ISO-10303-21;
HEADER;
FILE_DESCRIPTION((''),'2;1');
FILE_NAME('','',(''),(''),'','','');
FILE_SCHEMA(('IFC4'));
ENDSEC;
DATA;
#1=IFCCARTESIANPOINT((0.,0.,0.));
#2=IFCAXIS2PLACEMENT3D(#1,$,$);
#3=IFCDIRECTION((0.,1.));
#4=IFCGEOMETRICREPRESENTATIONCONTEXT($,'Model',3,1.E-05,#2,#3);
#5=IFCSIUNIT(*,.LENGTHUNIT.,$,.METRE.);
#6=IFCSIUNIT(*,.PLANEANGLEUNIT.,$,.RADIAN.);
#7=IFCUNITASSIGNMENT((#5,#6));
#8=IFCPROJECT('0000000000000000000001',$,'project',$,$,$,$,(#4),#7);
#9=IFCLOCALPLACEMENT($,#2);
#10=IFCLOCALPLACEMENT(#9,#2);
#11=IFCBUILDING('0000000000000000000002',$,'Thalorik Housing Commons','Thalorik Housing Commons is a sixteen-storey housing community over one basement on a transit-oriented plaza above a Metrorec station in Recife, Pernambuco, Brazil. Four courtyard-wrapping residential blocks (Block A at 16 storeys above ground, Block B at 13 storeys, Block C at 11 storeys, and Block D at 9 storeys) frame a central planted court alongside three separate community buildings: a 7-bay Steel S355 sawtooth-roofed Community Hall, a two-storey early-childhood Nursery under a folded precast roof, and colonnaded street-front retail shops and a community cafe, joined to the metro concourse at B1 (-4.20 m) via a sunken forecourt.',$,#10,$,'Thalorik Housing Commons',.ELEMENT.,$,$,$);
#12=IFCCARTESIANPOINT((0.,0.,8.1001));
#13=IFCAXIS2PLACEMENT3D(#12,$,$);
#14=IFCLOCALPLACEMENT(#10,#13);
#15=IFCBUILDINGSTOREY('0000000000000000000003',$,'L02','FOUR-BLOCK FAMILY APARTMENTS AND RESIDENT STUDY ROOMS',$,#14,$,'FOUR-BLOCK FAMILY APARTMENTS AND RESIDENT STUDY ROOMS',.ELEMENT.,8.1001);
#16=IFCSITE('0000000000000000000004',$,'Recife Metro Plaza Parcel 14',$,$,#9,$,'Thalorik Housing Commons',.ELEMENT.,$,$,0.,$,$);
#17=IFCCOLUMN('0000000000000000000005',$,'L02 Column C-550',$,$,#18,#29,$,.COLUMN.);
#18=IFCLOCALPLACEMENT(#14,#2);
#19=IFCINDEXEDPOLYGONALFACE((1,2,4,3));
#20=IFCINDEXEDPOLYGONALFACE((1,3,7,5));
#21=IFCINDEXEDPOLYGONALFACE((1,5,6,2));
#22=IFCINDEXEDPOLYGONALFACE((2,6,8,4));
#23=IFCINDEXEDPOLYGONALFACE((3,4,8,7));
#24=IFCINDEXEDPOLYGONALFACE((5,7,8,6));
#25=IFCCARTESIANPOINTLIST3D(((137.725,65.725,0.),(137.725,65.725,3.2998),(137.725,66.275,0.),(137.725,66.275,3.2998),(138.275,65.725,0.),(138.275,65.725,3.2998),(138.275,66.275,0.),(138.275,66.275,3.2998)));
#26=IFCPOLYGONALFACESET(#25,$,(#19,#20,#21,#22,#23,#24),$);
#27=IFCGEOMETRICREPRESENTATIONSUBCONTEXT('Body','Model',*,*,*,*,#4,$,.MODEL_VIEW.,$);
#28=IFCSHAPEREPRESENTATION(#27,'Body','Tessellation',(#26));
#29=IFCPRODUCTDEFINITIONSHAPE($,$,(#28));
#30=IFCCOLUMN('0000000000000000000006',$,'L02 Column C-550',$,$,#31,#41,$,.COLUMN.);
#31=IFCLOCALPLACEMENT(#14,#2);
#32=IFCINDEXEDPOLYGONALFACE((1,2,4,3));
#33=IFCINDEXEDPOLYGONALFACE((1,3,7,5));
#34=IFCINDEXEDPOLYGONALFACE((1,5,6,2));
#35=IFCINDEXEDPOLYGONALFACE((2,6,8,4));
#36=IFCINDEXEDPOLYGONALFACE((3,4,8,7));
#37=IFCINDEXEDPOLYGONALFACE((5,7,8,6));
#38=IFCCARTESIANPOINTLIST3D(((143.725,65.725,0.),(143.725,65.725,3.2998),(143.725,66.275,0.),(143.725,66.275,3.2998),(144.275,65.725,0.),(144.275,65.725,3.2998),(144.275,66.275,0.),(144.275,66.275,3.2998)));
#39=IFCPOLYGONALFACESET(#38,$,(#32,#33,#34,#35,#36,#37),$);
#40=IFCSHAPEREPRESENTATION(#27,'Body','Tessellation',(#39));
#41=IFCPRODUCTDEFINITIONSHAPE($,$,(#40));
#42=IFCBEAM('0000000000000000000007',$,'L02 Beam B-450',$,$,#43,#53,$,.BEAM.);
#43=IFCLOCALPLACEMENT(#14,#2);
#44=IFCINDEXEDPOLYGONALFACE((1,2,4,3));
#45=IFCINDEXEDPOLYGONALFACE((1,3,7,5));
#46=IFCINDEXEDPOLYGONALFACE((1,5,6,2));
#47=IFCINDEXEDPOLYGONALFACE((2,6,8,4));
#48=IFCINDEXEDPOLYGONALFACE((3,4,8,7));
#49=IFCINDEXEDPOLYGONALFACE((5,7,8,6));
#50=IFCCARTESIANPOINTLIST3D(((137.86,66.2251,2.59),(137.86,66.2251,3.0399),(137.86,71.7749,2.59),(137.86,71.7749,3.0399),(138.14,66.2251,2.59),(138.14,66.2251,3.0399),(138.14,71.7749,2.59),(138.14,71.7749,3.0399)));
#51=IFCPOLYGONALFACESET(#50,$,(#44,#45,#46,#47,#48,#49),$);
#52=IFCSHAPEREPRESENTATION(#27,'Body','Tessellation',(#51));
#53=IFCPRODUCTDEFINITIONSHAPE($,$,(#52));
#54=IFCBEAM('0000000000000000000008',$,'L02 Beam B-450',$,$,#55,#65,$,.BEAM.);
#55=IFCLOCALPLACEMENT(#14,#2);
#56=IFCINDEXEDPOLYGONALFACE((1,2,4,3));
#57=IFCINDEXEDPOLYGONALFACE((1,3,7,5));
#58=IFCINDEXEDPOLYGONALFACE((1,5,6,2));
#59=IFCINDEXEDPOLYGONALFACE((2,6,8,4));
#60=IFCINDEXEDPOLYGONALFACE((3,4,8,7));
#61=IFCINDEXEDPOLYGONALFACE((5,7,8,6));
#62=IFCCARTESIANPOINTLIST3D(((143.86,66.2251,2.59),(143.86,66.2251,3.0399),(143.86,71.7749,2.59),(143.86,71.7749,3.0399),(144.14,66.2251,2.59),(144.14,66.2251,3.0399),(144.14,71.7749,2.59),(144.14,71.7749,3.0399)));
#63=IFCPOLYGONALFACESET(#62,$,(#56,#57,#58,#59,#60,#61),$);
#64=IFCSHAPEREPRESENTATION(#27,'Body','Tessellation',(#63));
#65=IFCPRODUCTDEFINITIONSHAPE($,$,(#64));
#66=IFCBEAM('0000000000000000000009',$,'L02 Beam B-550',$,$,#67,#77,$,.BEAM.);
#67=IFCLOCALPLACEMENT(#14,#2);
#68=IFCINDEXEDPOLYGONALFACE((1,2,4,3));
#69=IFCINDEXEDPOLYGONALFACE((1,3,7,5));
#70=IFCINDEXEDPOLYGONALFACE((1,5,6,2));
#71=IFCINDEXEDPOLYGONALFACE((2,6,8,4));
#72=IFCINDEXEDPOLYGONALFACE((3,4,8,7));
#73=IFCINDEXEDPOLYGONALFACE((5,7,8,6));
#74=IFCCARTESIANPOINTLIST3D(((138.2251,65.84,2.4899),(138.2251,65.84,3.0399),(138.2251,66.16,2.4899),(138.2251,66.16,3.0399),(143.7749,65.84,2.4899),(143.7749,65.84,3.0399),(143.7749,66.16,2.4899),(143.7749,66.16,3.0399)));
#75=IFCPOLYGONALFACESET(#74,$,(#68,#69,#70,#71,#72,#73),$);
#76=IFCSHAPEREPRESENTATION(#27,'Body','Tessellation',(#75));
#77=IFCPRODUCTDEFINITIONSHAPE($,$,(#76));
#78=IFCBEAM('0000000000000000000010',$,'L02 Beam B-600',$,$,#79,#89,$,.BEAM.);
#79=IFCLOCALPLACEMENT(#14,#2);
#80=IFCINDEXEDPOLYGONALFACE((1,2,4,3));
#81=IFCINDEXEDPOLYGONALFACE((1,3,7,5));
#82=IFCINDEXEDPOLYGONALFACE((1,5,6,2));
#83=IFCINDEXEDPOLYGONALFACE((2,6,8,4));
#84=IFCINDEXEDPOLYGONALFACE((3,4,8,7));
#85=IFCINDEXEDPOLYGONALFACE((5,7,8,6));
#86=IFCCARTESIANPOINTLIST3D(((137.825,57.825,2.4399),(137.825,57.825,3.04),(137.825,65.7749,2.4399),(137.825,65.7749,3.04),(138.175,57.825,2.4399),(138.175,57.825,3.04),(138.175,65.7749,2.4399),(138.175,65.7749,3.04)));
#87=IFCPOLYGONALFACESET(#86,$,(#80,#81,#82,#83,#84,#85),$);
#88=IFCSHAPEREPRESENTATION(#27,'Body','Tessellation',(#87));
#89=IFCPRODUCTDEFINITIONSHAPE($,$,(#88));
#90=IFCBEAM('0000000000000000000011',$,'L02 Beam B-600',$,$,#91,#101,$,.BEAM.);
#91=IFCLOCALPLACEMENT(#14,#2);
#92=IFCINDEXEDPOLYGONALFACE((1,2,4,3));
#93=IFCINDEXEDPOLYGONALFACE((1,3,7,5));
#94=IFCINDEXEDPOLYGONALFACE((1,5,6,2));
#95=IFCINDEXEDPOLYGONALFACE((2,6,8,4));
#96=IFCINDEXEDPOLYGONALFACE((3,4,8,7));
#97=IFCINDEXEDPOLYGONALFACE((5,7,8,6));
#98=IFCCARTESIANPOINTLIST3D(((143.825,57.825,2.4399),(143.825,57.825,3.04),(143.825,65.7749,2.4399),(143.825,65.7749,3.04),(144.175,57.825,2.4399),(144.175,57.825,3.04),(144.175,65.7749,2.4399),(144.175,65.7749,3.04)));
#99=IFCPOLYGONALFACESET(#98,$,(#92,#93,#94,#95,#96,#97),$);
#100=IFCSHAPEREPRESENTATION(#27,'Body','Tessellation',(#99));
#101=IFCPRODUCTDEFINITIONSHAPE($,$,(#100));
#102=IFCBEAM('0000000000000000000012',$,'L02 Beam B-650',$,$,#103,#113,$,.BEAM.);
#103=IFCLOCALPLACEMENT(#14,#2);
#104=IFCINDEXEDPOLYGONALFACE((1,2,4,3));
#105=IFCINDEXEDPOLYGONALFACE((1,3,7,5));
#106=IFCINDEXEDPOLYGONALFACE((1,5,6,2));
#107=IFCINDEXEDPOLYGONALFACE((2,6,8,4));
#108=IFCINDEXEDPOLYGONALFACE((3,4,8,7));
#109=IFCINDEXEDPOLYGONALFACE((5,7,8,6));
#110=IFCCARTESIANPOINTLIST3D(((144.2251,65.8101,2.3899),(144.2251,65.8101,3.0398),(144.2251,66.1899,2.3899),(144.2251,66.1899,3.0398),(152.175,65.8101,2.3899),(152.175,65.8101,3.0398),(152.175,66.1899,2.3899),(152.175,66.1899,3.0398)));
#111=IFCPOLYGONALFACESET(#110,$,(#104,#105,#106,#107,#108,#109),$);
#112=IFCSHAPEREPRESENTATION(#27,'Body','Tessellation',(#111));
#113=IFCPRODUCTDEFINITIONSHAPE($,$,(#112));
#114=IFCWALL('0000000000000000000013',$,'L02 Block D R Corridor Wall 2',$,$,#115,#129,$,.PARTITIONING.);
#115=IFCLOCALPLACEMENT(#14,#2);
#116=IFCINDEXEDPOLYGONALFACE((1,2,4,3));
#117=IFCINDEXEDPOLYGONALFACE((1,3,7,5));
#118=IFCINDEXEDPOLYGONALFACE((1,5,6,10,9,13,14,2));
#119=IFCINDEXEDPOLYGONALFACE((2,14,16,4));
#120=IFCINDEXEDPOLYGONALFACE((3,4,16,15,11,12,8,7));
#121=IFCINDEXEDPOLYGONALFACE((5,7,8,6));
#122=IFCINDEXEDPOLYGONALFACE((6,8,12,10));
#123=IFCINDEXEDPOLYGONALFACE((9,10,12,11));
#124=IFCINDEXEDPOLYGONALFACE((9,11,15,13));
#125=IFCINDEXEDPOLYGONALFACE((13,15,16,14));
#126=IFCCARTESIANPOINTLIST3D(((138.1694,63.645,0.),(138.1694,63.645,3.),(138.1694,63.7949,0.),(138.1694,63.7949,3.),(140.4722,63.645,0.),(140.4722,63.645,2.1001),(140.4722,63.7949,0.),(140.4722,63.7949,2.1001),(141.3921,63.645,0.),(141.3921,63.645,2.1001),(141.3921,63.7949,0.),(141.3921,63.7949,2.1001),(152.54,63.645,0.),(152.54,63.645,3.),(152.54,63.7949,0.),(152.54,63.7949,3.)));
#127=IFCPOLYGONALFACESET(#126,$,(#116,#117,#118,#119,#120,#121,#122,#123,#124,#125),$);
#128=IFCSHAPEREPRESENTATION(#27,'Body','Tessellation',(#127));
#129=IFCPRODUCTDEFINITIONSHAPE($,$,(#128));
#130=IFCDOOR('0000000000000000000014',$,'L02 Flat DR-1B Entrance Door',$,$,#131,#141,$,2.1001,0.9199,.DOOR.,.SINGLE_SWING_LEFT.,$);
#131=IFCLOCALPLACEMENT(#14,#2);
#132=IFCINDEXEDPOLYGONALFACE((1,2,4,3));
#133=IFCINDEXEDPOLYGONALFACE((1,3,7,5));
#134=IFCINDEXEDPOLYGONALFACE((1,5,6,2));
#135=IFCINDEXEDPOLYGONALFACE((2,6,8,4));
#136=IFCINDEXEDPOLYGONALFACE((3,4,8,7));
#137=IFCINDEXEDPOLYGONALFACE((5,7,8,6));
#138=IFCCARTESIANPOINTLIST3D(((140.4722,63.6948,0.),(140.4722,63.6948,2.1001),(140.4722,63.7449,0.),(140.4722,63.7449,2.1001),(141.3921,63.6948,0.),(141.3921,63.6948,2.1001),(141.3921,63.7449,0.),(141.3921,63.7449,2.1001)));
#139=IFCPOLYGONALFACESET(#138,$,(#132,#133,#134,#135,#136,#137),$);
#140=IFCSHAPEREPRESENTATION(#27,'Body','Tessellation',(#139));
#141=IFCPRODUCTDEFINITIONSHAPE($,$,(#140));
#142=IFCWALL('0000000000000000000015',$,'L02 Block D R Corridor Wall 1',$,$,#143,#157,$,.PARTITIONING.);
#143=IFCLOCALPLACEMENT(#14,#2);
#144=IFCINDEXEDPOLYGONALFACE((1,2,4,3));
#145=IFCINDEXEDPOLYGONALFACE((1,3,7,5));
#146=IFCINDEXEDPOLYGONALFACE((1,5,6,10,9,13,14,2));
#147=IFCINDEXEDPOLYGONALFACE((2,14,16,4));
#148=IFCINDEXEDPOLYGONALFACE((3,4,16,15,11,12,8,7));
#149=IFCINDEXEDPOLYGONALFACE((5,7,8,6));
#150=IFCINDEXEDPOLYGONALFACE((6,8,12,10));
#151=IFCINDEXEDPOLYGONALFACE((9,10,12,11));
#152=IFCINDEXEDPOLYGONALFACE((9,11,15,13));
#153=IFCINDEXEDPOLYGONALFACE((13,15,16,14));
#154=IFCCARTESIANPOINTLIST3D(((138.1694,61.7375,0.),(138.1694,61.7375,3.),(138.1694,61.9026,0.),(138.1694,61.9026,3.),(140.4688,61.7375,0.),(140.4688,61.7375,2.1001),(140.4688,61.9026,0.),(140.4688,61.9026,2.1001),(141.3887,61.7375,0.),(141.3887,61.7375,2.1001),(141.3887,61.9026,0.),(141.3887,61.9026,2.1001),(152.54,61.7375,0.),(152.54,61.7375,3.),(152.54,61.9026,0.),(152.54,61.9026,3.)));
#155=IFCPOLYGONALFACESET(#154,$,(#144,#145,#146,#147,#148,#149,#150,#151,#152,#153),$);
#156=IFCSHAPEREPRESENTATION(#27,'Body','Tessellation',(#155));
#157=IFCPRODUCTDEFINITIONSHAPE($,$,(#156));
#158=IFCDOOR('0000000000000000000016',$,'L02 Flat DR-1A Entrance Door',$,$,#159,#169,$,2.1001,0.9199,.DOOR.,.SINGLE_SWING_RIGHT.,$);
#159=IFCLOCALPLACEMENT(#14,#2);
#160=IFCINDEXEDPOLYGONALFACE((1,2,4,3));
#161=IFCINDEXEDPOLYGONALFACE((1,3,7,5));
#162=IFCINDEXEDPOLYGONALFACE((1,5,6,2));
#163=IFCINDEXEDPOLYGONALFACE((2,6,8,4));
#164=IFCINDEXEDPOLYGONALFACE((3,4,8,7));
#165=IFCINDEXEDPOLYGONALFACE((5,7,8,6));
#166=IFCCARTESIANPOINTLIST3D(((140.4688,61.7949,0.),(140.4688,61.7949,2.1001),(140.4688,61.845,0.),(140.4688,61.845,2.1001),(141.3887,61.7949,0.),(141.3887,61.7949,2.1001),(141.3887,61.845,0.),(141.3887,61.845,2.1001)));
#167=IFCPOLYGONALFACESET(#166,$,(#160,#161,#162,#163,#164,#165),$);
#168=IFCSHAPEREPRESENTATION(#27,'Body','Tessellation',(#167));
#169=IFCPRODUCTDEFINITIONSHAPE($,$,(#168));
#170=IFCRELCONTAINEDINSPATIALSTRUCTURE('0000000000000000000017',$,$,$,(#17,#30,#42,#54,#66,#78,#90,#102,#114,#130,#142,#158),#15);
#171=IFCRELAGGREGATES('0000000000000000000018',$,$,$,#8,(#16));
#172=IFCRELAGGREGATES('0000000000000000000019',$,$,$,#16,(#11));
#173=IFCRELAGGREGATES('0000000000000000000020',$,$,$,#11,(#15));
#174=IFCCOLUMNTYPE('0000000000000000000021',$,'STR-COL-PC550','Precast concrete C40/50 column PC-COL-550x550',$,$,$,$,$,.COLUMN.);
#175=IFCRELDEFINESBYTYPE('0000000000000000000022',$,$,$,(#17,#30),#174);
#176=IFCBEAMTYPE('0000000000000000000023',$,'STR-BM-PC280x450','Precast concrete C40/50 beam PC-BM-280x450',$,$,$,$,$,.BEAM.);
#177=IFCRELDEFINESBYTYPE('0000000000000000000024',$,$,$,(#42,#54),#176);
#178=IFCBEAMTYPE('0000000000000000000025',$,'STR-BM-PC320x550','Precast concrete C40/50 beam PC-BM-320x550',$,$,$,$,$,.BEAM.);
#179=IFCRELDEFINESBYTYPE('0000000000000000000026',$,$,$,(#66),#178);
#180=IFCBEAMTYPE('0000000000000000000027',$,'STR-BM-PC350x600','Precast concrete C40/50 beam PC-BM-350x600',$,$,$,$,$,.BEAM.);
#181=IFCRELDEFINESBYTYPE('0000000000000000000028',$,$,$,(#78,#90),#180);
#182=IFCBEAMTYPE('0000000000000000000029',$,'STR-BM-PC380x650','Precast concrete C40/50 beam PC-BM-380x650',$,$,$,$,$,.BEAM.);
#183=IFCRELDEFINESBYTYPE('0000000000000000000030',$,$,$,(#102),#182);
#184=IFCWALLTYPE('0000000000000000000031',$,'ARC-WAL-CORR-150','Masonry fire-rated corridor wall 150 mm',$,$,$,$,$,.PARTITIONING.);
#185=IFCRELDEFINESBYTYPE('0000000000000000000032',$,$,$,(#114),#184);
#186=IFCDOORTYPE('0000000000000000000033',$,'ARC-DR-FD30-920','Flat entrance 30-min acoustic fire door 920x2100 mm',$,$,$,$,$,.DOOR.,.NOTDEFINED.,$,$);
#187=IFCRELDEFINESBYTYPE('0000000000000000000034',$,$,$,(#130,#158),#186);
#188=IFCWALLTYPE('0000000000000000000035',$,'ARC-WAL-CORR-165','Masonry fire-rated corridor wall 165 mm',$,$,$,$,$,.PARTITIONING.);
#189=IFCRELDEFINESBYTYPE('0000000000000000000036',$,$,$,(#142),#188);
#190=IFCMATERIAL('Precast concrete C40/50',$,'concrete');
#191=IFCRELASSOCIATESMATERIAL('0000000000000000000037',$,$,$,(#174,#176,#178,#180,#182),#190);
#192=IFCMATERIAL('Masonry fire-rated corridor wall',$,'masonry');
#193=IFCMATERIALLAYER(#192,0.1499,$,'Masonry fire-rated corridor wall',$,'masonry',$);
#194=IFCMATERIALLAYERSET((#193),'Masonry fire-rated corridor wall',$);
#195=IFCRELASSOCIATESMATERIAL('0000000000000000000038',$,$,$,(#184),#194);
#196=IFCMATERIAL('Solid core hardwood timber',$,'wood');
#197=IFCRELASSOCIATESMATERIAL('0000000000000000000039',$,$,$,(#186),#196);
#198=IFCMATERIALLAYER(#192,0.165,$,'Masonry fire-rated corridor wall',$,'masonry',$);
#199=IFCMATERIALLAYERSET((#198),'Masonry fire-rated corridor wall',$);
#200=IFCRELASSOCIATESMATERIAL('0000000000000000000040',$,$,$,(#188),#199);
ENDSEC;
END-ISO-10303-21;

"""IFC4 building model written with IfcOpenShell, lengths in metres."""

from ifc_helpers import new_model, si_unit, direction, frame, frame_2d, origin, origin_2d, place, context, subcontext, project, spatial, rectangle, extrude, material, layer, layer_set, material_profile, profile_set, type_object, element, fill, save


model = new_model("IFC4")

# Units and contexts
model_context = context("Model", 3, precision=1e-05, world=origin(), true_north=direction((0.0, 1.0)))
body_context = subcontext(model_context, "Body", "Model", "MODEL_VIEW")
ifc_project = project(units=[si_unit("LENGTHUNIT", "METRE"), si_unit("PLANEANGLEUNIT", "RADIAN")], contexts=[model_context])

# Site, building, storey
site_placement = place(None, origin())
site = spatial("IfcSite", under=ifc_project, at=site_placement, Name="Recife Metro Plaza Parcel 14", LongName="Thalorik Housing Commons", CompositionType="ELEMENT", RefElevation=0.0)
building_placement = place(site_placement, origin())
building = spatial("IfcBuilding", under=site, at=building_placement, Name="Thalorik Housing Commons", Description="Thalorik Housing Commons is a sixteen-storey housing community over one basement on a transit-oriented plaza above a Metrorec station in Recife, Pernambuco, Brazil. Four courtyard-wrapping residential blocks (Block A at 16 storeys above ground, Block B at 13 storeys, Block C at 11 storeys, and Block D at 9 storeys) frame a central planted court alongside three separate community buildings: a 7-bay Steel S355 sawtooth-roofed Community Hall, a two-storey early-childhood Nursery under a folded precast roof, and colonnaded street-front retail shops and a community cafe, joined to the metro concourse at B1 (-4.20 m) via a sunken forecourt.", LongName="Thalorik Housing Commons", CompositionType="ELEMENT")
storey_placement = place(building_placement, frame((0.0, 0.0, 8.1001)))
storey = spatial("IfcBuildingStorey", under=building, at=storey_placement, Name="L02", Description="FOUR-BLOCK FAMILY APARTMENTS AND RESIDENT STUDY ROOMS", LongName="FOUR-BLOCK FAMILY APARTMENTS AND RESIDENT STUDY ROOMS", CompositionType="ELEMENT", Elevation=8.1001)

# Columns
ifc_material_1 = material(Name="Precast concrete C40/50", Category="concrete")
ifc_material_profile_1 = material_profile(ifc_material_1, rectangle(XDim=0.55, YDim=0.55, at=origin_2d()), Name="PC 550x550", Category="concrete")
ifc_profile_set_1 = profile_set([ifc_material_profile_1], Name="Precast concrete C40/50")
column_type = type_object("IfcColumnType", Name="STR-COL-PC550", Description="Precast concrete C40/50 column PC-COL-550x550", PredefinedType="COLUMN", material=ifc_profile_set_1)
for number, where, z_axis, x_axis, name in (
    (1, (138.0, 66.0, 0.0), (0.0, 0.0, 1.0), (1.0, 0.0, 0.0), "L02 Column C-550"),
    (2, (144.0, 66.0, 0.0), (0.0, 0.0, 1.0), (1.0, 0.0, 0.0), "L02 Column C-550"),
):
    element("IfcColumn", number, at=place(storey_placement, frame(where, z_axis=z_axis, x_axis=x_axis)), inside=storey, type_object=column_type, Name=name, PredefinedType="COLUMN", context=body_context, shape_type="SweptSolid", body=[
        extrude(rectangle(XDim=0.55, YDim=0.55, at=origin_2d()), origin(), (0.0, 0.0, 1.0), 3.2998),
    ])

# Beams
ifc_material_profile_2 = material_profile(ifc_material_1, rectangle(XDim=0.28, YDim=0.45, at=origin_2d()), Name="PC 280x450", Category="concrete")
ifc_profile_set_2 = profile_set([ifc_material_profile_2], Name="Precast concrete C40/50")
beam_type_1 = type_object("IfcBeamType", Name="STR-BM-PC280x450", Description="Precast concrete C40/50 beam PC-BM-280x450", PredefinedType="BEAM", material=ifc_profile_set_2)
for number, where, z_axis, x_axis, name in (
    (3, (138.0, 66.2251, 2.8149), (0.0, 1.0, 0.0), (-1.0, 0.0, 0.0), "L02 Beam B-450"),
    (4, (144.0, 66.2251, 2.8149), (0.0, 1.0, 0.0), (-1.0, 0.0, 0.0), "L02 Beam B-450"),
):
    element("IfcBeam", number, at=place(storey_placement, frame(where, z_axis=z_axis, x_axis=x_axis)), inside=storey, type_object=beam_type_1, Name=name, PredefinedType="BEAM", context=body_context, shape_type="SweptSolid", body=[
        extrude(rectangle(XDim=0.28, YDim=0.45, at=origin_2d()), origin(), (0.0, 0.0, 1.0), 5.5498),
    ])
ifc_material_profile_3 = material_profile(ifc_material_1, rectangle(XDim=0.3201, YDim=0.55, at=origin_2d()), Name="PC 320x550", Category="concrete")
ifc_profile_set_3 = profile_set([ifc_material_profile_3], Name="Precast concrete C40/50")
beam_type_2 = type_object("IfcBeamType", Name="STR-BM-PC320x550", Description="Precast concrete C40/50 beam PC-BM-320x550", PredefinedType="BEAM", material=ifc_profile_set_3)
beam_1_placement = place(storey_placement, frame((138.2251, 66.0, 2.7649), z_axis=(1.0, 0.0, 0.0), x_axis=(0.0, 1.0, 0.0)))
element("IfcBeam", 5, at=beam_1_placement, inside=storey, type_object=beam_type_2, Name="L02 Beam B-550", PredefinedType="BEAM", context=body_context, shape_type="SweptSolid", body=[
    extrude(rectangle(XDim=0.3201, YDim=0.55, at=origin_2d()), origin(), (0.0, 0.0, 1.0), 5.5498),
])
ifc_material_profile_4 = material_profile(ifc_material_1, rectangle(XDim=0.3501, YDim=0.6001, at=origin_2d()), Name="PC 350x600", Category="concrete")
ifc_profile_set_4 = profile_set([ifc_material_profile_4], Name="Precast concrete C40/50")
beam_type_3 = type_object("IfcBeamType", Name="STR-BM-PC350x600", Description="Precast concrete C40/50 beam PC-BM-350x600", PredefinedType="BEAM", material=ifc_profile_set_4)
for number, where, z_axis, x_axis, name in (
    (6, (138.0, 57.825, 2.74), (0.0, 1.0, 0.0), (-1.0, 0.0, 0.0), "L02 Beam B-600"),
    (7, (144.0, 57.825, 2.74), (0.0, 1.0, 0.0), (-1.0, 0.0, 0.0), "L02 Beam B-600"),
):
    element("IfcBeam", number, at=place(storey_placement, frame(where, z_axis=z_axis, x_axis=x_axis)), inside=storey, type_object=beam_type_3, Name=name, PredefinedType="BEAM", context=body_context, shape_type="SweptSolid", body=[
        extrude(rectangle(XDim=0.3501, YDim=0.6001, at=origin_2d()), origin(), (0.0, 0.0, 1.0), 7.95),
    ])
ifc_material_profile_5 = material_profile(ifc_material_1, rectangle(XDim=0.3799, YDim=0.6499, at=origin_2d()), Name="PC 380x650", Category="concrete")
ifc_profile_set_5 = profile_set([ifc_material_profile_5], Name="Precast concrete C40/50")
beam_type_4 = type_object("IfcBeamType", Name="STR-BM-PC380x650", Description="Precast concrete C40/50 beam PC-BM-380x650", PredefinedType="BEAM", material=ifc_profile_set_5)
beam_2_placement = place(storey_placement, frame((144.2251, 66.0, 2.7148), z_axis=(1.0, 0.0, 0.0), x_axis=(0.0, 1.0, 0.0)))
element("IfcBeam", 8, at=beam_2_placement, inside=storey, type_object=beam_type_4, Name="L02 Beam B-650", PredefinedType="BEAM", context=body_context, shape_type="SweptSolid", body=[
    extrude(rectangle(XDim=0.3799, YDim=0.6499, at=origin_2d()), origin(), (0.0, 0.0, 1.0), 7.95),
])

# Walls, openings, doors
ifc_material_2 = material(Name="Masonry fire-rated corridor wall", Category="masonry")
ifc_layer_1 = layer(ifc_material_2, 0.1499, Name="Masonry fire-rated corridor wall", Category="masonry")
ifc_layer_set_1 = layer_set([ifc_layer_1], Name="Masonry fire-rated corridor wall")
wall_type_1 = type_object("IfcWallType", Name="ARC-WAL-CORR-150", Description="Masonry fire-rated corridor wall 150 mm", PredefinedType="PARTITIONING", material=ifc_layer_set_1)
wall_1_placement = place(storey_placement, frame((138.1694, 63.72, 0.0), z_axis=(0.0, 0.0, 1.0), x_axis=(1.0, 0.0, 0.0)))
wall_1 = element("IfcWall", 9, at=wall_1_placement, inside=storey, type_object=wall_type_1, Name="L02 Block D R Corridor Wall 2", PredefinedType="PARTITIONING", context=body_context, shape_type="SweptSolid", body=[
    extrude(rectangle(XDim=14.3706, YDim=0.1499, at=frame_2d((7.1853, 0.0))), origin(), (0.0, 0.0, 1.0), 3.0),
])
opening_1_placement = place(wall_1_placement, frame((2.3027, 0.0, 0.0)))
opening_1 = element("IfcOpeningElement", 10, at=opening_1_placement, cuts=wall_1, PredefinedType="OPENING", context=body_context, shape_type="SweptSolid", body=[
    extrude(rectangle(XDim=0.9199, YDim=2.1001, at=frame_2d((0.46, 1.05))), frame((0.0, 0.085, 0.0), z_axis=(0.0, -1.0, 0.0), x_axis=(1.0, 0.0, 0.0)), (0.0, 0.0, 1.0), 0.1699),
])
ifc_material_3 = material(Name="Solid core hardwood timber", Category="wood")
door_type_1 = type_object("IfcDoorType", Name="ARC-DR-FD30-920", Description="Flat entrance 30-min acoustic fire door 920x2100 mm", OperationType="NOTDEFINED", PredefinedType="DOOR", material=ifc_material_3)
door_1_placement = place(opening_1_placement, origin())
door_1 = element("IfcDoor", 11, at=door_1_placement, inside=storey, type_object=door_type_1, Name="L02 Flat DR-1B Entrance Door", OperationType="SINGLE_SWING_LEFT", OverallHeight=2.1001, OverallWidth=0.9199, PredefinedType="DOOR", context=body_context, shape_type="SweptSolid", body=[
    extrude(rectangle(XDim=0.9199, YDim=2.1001, at=frame_2d((0.46, 1.05))), frame((0.0, 0.0249, 0.0), z_axis=(0.0, -1.0, 0.0), x_axis=(1.0, 0.0, 0.0)), (0.0, 0.0, 1.0), 0.05),
])
fill(opening_1, door_1)
ifc_layer_2 = layer(ifc_material_2, 0.165, Name="Masonry fire-rated corridor wall", Category="masonry")
ifc_layer_set_2 = layer_set([ifc_layer_2], Name="Masonry fire-rated corridor wall")
wall_type_2 = type_object("IfcWallType", Name="ARC-WAL-CORR-165", Description="Masonry fire-rated corridor wall 165 mm", PredefinedType="PARTITIONING", material=ifc_layer_set_2)
wall_2_placement = place(storey_placement, frame((138.1694, 61.8201, 0.0), z_axis=(0.0, 0.0, 1.0), x_axis=(1.0, 0.0, 0.0)))
wall_2 = element("IfcWall", 12, at=wall_2_placement, inside=storey, type_object=wall_type_2, Name="L02 Block D R Corridor Wall 1", PredefinedType="PARTITIONING", context=body_context, shape_type="SweptSolid", body=[
    extrude(rectangle(XDim=14.3706, YDim=0.165, at=frame_2d((7.1853, 0.0))), origin(), (0.0, 0.0, 1.0), 3.0),
])
opening_2_placement = place(wall_2_placement, frame((2.2993, 0.0, 0.0)))
opening_2 = element("IfcOpeningElement", 13, at=opening_2_placement, cuts=wall_2, PredefinedType="OPENING", context=body_context, shape_type="SweptSolid", body=[
    extrude(rectangle(XDim=0.9199, YDim=2.1001, at=frame_2d((0.46, 1.05))), frame((0.0, 0.0925, 0.0), z_axis=(0.0, -1.0, 0.0), x_axis=(1.0, 0.0, 0.0)), (0.0, 0.0, 1.0), 0.1851),
])
door_2_placement = place(opening_2_placement, origin())
door_2 = element("IfcDoor", 14, at=door_2_placement, inside=storey, type_object=door_type_1, Name="L02 Flat DR-1A Entrance Door", OperationType="SINGLE_SWING_RIGHT", OverallHeight=2.1001, OverallWidth=0.9199, PredefinedType="DOOR", context=body_context, shape_type="SweptSolid", body=[
    extrude(rectangle(XDim=0.9199, YDim=2.1001, at=frame_2d((0.46, 1.05))), frame((0.0, 0.0249, 0.0), z_axis=(0.0, -1.0, 0.0), x_axis=(1.0, 0.0, 0.0)), (0.0, 0.0, 1.0), 0.05),
])
fill(opening_2, door_2)

save(model, "model.ifc")
